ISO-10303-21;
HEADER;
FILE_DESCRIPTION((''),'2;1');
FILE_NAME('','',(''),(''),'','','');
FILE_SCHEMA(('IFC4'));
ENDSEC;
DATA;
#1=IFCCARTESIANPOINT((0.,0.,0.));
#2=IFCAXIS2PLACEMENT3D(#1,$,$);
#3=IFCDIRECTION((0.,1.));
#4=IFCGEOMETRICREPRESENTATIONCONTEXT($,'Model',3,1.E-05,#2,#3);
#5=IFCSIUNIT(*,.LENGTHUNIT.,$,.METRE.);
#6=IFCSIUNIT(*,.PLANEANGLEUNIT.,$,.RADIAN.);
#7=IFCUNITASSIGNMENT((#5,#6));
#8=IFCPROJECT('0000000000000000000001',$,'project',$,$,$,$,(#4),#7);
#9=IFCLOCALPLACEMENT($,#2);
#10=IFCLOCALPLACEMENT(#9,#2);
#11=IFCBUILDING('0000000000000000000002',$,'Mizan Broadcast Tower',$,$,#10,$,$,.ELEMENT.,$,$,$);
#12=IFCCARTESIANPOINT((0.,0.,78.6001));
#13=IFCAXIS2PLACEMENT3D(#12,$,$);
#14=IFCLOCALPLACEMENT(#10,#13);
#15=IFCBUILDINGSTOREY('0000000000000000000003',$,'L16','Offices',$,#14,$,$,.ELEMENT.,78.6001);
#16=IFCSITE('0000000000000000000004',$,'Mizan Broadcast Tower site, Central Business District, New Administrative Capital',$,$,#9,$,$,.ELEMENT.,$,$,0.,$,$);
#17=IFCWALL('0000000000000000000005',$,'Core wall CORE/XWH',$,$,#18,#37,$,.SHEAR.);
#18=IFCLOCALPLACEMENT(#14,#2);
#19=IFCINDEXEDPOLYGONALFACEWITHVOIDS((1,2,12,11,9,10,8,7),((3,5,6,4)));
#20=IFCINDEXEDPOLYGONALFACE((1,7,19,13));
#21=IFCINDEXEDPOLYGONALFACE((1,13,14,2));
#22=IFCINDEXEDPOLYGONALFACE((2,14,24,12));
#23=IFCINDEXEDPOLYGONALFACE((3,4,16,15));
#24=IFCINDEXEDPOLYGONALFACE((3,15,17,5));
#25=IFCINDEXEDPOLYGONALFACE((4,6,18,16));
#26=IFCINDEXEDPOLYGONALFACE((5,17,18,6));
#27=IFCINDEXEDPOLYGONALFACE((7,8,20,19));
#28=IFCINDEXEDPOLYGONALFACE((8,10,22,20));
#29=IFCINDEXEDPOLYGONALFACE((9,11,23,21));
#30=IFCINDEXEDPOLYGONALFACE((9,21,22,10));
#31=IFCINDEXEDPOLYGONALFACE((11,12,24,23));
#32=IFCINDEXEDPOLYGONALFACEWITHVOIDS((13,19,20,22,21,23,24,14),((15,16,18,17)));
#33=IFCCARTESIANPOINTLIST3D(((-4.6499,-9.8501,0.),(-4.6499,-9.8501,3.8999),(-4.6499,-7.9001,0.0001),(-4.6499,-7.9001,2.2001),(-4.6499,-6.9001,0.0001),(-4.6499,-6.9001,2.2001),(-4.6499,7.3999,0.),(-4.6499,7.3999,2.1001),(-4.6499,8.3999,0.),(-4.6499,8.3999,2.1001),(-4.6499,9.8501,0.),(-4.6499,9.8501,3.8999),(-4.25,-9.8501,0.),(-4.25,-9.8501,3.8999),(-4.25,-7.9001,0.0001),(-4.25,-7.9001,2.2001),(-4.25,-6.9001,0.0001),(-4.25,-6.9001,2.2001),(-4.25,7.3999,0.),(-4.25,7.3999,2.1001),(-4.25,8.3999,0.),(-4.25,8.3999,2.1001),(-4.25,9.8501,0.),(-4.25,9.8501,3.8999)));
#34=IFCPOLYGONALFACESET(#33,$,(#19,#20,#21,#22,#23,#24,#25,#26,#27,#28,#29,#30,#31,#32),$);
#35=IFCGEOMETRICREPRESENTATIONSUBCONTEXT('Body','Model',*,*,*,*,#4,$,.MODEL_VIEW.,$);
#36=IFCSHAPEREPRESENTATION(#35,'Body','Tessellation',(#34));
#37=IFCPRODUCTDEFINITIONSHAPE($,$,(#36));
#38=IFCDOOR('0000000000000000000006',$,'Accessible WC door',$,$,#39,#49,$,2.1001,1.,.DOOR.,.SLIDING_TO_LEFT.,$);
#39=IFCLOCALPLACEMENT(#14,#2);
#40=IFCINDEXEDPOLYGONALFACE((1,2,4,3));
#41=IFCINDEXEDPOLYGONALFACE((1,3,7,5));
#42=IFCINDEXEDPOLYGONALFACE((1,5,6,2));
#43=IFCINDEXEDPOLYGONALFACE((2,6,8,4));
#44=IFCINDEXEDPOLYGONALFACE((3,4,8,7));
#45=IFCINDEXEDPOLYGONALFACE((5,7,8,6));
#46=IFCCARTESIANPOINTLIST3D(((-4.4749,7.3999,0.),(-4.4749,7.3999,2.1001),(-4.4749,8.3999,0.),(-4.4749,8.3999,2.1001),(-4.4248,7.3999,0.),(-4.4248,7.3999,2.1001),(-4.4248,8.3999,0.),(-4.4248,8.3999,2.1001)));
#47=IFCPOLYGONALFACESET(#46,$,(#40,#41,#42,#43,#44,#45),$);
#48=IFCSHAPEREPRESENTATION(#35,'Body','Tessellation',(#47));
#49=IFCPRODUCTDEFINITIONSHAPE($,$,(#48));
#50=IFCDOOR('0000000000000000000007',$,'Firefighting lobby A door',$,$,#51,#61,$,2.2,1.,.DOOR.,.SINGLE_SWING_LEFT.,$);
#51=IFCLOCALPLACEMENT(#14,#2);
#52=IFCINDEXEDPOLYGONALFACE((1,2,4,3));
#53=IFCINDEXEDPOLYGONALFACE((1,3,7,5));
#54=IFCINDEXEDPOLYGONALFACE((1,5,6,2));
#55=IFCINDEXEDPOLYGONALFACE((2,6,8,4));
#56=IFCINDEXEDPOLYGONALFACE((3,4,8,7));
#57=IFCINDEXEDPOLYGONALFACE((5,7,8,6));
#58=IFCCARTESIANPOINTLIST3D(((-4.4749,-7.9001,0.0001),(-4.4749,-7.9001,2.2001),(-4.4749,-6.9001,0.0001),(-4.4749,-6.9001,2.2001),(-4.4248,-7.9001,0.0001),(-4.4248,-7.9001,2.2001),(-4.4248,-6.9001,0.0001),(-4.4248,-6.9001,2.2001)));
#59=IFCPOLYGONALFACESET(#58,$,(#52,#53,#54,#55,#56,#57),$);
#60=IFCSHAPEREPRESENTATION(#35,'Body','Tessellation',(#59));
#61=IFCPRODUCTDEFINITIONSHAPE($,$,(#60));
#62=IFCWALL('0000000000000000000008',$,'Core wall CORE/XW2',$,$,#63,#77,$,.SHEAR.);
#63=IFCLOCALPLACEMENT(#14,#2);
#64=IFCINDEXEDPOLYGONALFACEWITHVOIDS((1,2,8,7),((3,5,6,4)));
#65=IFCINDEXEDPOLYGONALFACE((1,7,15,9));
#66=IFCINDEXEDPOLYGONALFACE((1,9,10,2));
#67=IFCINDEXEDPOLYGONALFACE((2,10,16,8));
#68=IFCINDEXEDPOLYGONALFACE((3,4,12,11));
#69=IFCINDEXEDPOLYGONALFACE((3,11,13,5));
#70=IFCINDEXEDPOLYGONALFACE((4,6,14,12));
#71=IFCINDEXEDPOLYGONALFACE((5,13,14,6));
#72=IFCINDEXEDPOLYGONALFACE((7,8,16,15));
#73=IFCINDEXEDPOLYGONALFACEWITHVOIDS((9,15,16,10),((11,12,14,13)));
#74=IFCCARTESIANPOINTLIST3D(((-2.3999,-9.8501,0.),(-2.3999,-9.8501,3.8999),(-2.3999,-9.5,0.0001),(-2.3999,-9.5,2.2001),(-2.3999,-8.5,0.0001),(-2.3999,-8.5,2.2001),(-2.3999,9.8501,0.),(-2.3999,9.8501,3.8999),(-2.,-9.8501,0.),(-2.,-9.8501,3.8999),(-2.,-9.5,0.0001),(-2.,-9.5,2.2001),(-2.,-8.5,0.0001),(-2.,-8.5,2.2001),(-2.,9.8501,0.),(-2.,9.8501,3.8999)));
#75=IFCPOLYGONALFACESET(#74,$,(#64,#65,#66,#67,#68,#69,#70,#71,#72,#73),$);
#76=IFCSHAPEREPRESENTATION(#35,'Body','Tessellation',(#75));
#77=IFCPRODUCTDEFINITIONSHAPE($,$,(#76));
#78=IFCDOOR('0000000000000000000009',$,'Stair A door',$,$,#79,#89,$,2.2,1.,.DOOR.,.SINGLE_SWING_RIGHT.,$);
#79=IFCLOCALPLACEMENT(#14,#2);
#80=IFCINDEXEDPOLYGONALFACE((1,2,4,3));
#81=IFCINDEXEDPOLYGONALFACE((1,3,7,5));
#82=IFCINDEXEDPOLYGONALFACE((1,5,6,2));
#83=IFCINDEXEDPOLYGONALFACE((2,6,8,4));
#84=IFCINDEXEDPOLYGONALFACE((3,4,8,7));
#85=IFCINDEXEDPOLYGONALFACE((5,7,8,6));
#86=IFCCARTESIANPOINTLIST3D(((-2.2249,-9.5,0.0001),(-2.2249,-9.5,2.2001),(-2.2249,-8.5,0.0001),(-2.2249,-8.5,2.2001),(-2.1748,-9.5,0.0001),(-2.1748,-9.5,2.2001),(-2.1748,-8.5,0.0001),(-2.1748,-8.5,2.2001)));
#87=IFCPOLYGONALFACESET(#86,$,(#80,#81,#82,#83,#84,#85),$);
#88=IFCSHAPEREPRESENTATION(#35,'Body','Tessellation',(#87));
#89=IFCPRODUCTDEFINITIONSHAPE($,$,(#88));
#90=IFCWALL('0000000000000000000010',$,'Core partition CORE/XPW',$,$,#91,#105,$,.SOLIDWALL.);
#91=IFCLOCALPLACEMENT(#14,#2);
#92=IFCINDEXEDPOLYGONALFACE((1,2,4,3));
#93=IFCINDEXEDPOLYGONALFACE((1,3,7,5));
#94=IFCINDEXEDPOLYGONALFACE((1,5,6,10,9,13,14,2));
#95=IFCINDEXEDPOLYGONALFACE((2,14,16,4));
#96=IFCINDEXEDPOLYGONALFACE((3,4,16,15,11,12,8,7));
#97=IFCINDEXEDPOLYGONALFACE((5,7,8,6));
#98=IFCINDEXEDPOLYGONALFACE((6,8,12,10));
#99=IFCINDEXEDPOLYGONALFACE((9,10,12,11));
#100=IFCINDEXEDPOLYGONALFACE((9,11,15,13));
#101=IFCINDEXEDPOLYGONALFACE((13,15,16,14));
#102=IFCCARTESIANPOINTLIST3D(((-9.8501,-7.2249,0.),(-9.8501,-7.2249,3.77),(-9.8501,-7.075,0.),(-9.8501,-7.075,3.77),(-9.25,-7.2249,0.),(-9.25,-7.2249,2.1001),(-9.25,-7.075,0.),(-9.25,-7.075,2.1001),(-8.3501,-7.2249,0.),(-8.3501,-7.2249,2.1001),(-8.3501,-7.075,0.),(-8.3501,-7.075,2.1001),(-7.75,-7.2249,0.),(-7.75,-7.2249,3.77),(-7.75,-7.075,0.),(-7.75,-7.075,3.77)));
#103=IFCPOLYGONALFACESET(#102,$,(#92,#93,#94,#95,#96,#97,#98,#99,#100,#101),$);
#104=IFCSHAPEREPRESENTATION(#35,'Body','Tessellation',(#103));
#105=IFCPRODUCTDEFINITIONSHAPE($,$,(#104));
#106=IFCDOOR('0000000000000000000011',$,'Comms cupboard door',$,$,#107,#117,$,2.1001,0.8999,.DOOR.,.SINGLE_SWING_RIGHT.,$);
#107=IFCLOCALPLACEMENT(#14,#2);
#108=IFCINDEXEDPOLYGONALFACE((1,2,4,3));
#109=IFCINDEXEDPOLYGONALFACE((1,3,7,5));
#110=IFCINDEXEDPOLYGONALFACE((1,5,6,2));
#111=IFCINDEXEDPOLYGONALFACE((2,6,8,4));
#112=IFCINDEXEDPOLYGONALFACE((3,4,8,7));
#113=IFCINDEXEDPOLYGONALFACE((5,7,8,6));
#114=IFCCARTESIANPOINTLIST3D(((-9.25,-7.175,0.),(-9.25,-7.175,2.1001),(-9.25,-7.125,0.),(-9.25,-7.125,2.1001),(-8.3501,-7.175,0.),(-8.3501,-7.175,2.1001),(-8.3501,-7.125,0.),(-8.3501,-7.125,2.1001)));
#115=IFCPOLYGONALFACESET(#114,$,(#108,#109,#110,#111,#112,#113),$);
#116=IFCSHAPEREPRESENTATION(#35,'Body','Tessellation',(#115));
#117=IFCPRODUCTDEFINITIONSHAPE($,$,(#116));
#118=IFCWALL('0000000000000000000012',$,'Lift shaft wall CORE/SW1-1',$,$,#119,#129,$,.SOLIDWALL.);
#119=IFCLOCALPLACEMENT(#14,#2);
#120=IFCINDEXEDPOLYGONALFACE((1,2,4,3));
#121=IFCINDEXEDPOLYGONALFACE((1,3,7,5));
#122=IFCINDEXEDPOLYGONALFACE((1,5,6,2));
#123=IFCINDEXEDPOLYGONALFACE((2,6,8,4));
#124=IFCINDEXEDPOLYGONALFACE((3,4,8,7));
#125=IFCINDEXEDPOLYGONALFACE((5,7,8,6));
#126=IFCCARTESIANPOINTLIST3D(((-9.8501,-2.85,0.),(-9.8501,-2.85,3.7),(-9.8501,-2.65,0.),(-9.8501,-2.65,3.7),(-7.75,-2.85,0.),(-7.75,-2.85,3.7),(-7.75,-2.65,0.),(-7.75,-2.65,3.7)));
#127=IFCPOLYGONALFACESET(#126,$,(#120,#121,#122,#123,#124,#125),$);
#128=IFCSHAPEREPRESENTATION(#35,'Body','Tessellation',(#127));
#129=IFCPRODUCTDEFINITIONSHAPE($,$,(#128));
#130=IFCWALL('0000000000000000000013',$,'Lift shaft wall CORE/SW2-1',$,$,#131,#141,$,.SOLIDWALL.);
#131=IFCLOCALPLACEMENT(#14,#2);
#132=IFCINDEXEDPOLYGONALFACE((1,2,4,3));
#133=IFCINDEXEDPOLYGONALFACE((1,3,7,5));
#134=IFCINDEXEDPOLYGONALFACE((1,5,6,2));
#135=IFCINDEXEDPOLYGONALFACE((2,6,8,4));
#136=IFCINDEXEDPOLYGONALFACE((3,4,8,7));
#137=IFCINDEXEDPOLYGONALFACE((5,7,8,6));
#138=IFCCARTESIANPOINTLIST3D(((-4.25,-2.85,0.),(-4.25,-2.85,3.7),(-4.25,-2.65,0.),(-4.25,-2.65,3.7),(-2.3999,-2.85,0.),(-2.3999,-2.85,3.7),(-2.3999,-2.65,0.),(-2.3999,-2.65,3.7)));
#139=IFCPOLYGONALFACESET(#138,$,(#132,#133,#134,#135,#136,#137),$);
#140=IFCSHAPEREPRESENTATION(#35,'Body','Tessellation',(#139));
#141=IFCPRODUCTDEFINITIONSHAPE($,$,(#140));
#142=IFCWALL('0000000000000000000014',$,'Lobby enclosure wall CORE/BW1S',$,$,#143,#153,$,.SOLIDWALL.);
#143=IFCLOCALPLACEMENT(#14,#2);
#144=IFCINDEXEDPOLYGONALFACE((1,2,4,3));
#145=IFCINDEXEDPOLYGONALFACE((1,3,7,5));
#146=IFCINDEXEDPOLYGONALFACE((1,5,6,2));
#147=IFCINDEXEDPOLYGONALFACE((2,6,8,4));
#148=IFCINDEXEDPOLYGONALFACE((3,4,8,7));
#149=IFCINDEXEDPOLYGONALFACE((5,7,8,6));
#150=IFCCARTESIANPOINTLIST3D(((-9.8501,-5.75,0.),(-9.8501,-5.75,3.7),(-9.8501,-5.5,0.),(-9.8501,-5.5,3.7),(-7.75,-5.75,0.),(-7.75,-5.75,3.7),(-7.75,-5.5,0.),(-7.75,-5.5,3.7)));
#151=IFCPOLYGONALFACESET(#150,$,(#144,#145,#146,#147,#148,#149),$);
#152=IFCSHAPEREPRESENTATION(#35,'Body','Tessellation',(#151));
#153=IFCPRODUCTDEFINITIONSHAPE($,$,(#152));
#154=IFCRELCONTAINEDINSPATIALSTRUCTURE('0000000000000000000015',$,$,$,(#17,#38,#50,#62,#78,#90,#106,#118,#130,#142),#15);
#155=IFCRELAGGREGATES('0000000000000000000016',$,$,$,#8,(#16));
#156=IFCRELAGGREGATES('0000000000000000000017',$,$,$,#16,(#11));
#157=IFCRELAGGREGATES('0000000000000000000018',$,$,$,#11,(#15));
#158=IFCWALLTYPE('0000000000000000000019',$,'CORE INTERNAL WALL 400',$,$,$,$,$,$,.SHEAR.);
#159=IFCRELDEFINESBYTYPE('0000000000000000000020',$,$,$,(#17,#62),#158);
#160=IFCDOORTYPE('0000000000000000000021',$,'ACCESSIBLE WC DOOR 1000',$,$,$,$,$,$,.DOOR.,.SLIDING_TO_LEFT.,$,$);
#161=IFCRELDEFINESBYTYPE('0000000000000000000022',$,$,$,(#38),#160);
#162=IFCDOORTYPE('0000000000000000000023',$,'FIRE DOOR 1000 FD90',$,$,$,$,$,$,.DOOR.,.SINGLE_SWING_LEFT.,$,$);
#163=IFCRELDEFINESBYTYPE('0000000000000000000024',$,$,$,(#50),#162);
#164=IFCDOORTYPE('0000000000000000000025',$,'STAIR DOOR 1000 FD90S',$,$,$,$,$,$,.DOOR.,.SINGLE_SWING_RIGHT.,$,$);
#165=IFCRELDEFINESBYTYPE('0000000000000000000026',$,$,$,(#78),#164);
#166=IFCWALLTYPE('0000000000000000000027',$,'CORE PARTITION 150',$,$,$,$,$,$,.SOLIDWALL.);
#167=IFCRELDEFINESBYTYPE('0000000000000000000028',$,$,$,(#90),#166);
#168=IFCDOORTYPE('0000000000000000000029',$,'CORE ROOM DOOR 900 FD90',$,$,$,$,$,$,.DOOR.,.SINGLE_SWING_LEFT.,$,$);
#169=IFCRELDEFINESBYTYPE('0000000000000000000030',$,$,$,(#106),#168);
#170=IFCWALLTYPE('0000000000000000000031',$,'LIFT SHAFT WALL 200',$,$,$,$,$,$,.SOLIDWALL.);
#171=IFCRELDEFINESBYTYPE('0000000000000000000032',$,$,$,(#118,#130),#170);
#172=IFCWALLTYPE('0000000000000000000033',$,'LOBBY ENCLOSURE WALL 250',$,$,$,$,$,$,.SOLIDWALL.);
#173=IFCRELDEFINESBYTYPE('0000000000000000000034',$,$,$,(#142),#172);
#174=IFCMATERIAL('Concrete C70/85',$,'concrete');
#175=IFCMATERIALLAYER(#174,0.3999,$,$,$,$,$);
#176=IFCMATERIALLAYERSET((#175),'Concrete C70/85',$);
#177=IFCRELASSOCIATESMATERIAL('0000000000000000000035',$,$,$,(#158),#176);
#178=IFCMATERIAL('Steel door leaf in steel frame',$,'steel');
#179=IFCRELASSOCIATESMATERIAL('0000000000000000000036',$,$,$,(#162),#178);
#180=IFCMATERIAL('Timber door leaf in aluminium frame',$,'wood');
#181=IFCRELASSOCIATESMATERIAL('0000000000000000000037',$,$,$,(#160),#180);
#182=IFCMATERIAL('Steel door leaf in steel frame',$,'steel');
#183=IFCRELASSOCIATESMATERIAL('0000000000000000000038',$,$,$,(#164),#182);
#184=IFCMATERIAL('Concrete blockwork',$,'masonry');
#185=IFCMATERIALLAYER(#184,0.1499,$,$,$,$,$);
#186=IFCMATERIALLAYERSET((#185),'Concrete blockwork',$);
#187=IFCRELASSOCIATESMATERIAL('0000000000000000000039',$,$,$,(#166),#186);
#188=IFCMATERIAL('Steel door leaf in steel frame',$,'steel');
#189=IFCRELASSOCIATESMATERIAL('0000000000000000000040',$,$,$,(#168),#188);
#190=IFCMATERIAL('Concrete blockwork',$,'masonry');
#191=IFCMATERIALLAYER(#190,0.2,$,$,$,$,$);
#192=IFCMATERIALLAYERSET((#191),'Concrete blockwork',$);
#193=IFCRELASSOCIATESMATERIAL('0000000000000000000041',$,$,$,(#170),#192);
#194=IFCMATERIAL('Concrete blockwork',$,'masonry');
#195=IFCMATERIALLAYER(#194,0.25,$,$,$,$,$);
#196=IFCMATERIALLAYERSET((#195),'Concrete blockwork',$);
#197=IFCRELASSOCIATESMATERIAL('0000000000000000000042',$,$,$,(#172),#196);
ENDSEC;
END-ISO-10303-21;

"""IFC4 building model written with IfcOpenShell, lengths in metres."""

from ifc_helpers import new_model, si_unit, direction, frame, frame_2d, origin, place, context, subcontext, project, spatial, rectangle, extrude, material, layer, layer_set, type_object, element, fill, save


model = new_model("IFC4")

# Units and contexts
model_context = context("Model", 3, precision=1e-05, world=origin(), true_north=direction((0.0, 1.0)))
body_context = subcontext(model_context, "Body", "Model", "MODEL_VIEW")
ifc_project = project(units=[si_unit("LENGTHUNIT", "METRE"), si_unit("PLANEANGLEUNIT", "RADIAN")], contexts=[model_context])

# Site, building, storey
site_placement = place(None, origin())
site = spatial("IfcSite", under=ifc_project, at=site_placement, Name="Mizan Broadcast Tower site, Central Business District, New Administrative Capital", CompositionType="ELEMENT", RefElevation=0.0)
building_placement = place(site_placement, origin())
building = spatial("IfcBuilding", under=site, at=building_placement, Name="Mizan Broadcast Tower", CompositionType="ELEMENT")
storey_placement = place(building_placement, frame((0.0, 0.0, 78.6001)))
storey = spatial("IfcBuildingStorey", under=building, at=storey_placement, Name="L16", Description="Offices", CompositionType="ELEMENT", Elevation=78.6001)

# Wall, openings, doors
ifc_material_1 = material(Name="Concrete C70/85", Category="concrete")
ifc_layer_1 = layer(ifc_material_1, 0.3999)
ifc_layer_set_1 = layer_set([ifc_layer_1], Name="Concrete C70/85")
wall_type_1 = type_object("IfcWallType", Name="CORE INTERNAL WALL 400", PredefinedType="SHEAR", material=ifc_layer_set_1)
ifc_material_2 = material(Name="Steel door leaf in steel frame", Category="steel")
door_type_1 = type_object("IfcDoorType", Name="FIRE DOOR 1000 FD90", OperationType="SINGLE_SWING_LEFT", PredefinedType="DOOR", material=ifc_material_2)
wall_1_placement = place(storey_placement, frame((-4.45, -9.8501, 0.0), z_axis=(0.0, 0.0, 1.0), x_axis=(0.0, 1.0, 0.0)))
wall_1 = element("IfcWall", 1, at=wall_1_placement, inside=storey, type_object=wall_type_1, Name="Core wall CORE/XWH", PredefinedType="SHEAR", context=body_context, shape_type="SweptSolid", body=[
    extrude(rectangle(XDim=19.7002, YDim=0.3999, at=frame_2d((9.8501, 0.0))), origin(), (0.0, 0.0, 1.0), 3.8999),
])
opening_1_placement = place(wall_1_placement, frame((1.95, 0.0, 0.0)))
opening_1 = element("IfcOpeningElement", 2, at=opening_1_placement, cuts=wall_1, PredefinedType="OPENING", context=body_context, shape_type="SweptSolid", body=[
    extrude(rectangle(XDim=1.0, YDim=2.2, at=frame_2d((0.5, 1.1001))), frame((0.0, 0.21, 0.0), z_axis=(0.0, -1.0, 0.0), x_axis=(1.0, 0.0, 0.0)), (0.0, 0.0, 1.0), 0.4199),
])
opening_2_placement = place(wall_1_placement, frame((17.25, 0.0, 0.0)))
opening_2 = element("IfcOpeningElement", 3, at=opening_2_placement, cuts=wall_1, PredefinedType="OPENING", context=body_context, shape_type="SweptSolid", body=[
    extrude(rectangle(XDim=1.0, YDim=2.1001, at=frame_2d((0.5, 1.05))), frame((0.0, 0.21, 0.0), z_axis=(0.0, -1.0, 0.0), x_axis=(1.0, 0.0, 0.0)), (0.0, 0.0, 1.0), 0.4199),
])
ifc_material_3 = material(Name="Timber door leaf in aluminium frame", Category="wood")
door_type_2 = type_object("IfcDoorType", Name="ACCESSIBLE WC DOOR 1000", OperationType="SLIDING_TO_LEFT", PredefinedType="DOOR", material=ifc_material_3)
door_1_placement = place(opening_2_placement, origin())
door_1 = element("IfcDoor", 4, at=door_1_placement, inside=storey, type_object=door_type_2, Name="Accessible WC door", OperationType="SLIDING_TO_LEFT", OverallHeight=2.1001, OverallWidth=1.0, PredefinedType="DOOR", context=body_context, shape_type="SweptSolid", body=[
    extrude(rectangle(XDim=1.0, YDim=2.1001, at=frame_2d((0.5, 1.05))), frame((0.0, 0.0249, 0.0), z_axis=(0.0, -1.0, 0.0), x_axis=(1.0, 0.0, 0.0)), (0.0, 0.0, 1.0), 0.05),
])
fill(opening_2, door_1)
door_2_placement = place(opening_1_placement, origin())
door_2 = element("IfcDoor", 5, at=door_2_placement, inside=storey, type_object=door_type_1, Name="Firefighting lobby A door", OperationType="SINGLE_SWING_LEFT", OverallHeight=2.2, OverallWidth=1.0, PredefinedType="DOOR", context=body_context, shape_type="SweptSolid", body=[
    extrude(rectangle(XDim=1.0, YDim=2.2, at=frame_2d((0.5, 1.1001))), frame((0.0, 0.0249, 0.0), z_axis=(0.0, -1.0, 0.0), x_axis=(1.0, 0.0, 0.0)), (0.0, 0.0, 1.0), 0.05),
])
fill(opening_1, door_2)

# Walls, openings, doors
wall_2_placement = place(storey_placement, frame((-2.2, -9.8501, 0.0), z_axis=(0.0, 0.0, 1.0), x_axis=(0.0, 1.0, 0.0)))
wall_2 = element("IfcWall", 6, at=wall_2_placement, inside=storey, type_object=wall_type_1, Name="Core wall CORE/XW2", PredefinedType="SHEAR", context=body_context, shape_type="SweptSolid", body=[
    extrude(rectangle(XDim=19.7002, YDim=0.3999, at=frame_2d((9.8501, 0.0))), origin(), (0.0, 0.0, 1.0), 3.8999),
])
opening_3_placement = place(wall_2_placement, frame((0.3501, 0.0, 0.0)))
opening_3 = element("IfcOpeningElement", 7, at=opening_3_placement, cuts=wall_2, PredefinedType="OPENING", context=body_context, shape_type="SweptSolid", body=[
    extrude(rectangle(XDim=1.0, YDim=2.2, at=frame_2d((0.5, 1.1001))), frame((0.0, 0.21, 0.0), z_axis=(0.0, -1.0, 0.0), x_axis=(1.0, 0.0, 0.0)), (0.0, 0.0, 1.0), 0.4199),
])
ifc_material_4 = material(Name="Steel door leaf in steel frame", Category="steel")
door_type_3 = type_object("IfcDoorType", Name="STAIR DOOR 1000 FD90S", OperationType="SINGLE_SWING_RIGHT", PredefinedType="DOOR", material=ifc_material_4)
door_3_placement = place(opening_3_placement, origin())
door_3 = element("IfcDoor", 8, at=door_3_placement, inside=storey, type_object=door_type_3, Name="Stair A door", OperationType="SINGLE_SWING_RIGHT", OverallHeight=2.2, OverallWidth=1.0, PredefinedType="DOOR", context=body_context, shape_type="SweptSolid", body=[
    extrude(rectangle(XDim=1.0, YDim=2.2, at=frame_2d((0.5, 1.1001))), frame((0.0, 0.0249, 0.0), z_axis=(0.0, -1.0, 0.0), x_axis=(1.0, 0.0, 0.0)), (0.0, 0.0, 1.0), 0.05),
])
fill(opening_3, door_3)
ifc_material_5 = material(Name="Concrete blockwork", Category="masonry")
ifc_layer_2 = layer(ifc_material_5, 0.1499)
ifc_layer_set_2 = layer_set([ifc_layer_2], Name="Concrete blockwork")
wall_type_2 = type_object("IfcWallType", Name="CORE PARTITION 150", PredefinedType="SOLIDWALL", material=ifc_layer_set_2)
wall_3_placement = place(storey_placement, frame((-9.8501, -7.1499, 0.0), z_axis=(0.0, 0.0, 1.0), x_axis=(1.0, 0.0, 0.0)))
wall_3 = element("IfcWall", 9, at=wall_3_placement, inside=storey, type_object=wall_type_2, Name="Core partition CORE/XPW", PredefinedType="SOLIDWALL", context=body_context, shape_type="SweptSolid", body=[
    extrude(rectangle(XDim=2.1001, YDim=0.1499, at=frame_2d((1.05, 0.0))), origin(), (0.0, 0.0, 1.0), 3.77),
])
opening_4_placement = place(wall_3_placement, frame((0.6001, 0.0, 0.0)))
opening_4 = element("IfcOpeningElement", 10, at=opening_4_placement, cuts=wall_3, PredefinedType="OPENING", context=body_context, shape_type="SweptSolid", body=[
    extrude(rectangle(XDim=0.8999, YDim=2.1001, at=frame_2d((0.45, 1.05))), frame((0.0, 0.085, 0.0), z_axis=(0.0, -1.0, 0.0), x_axis=(1.0, 0.0, 0.0)), (0.0, 0.0, 1.0), 0.1699),
])
ifc_material_6 = material(Name="Steel door leaf in steel frame", Category="steel")
door_type_4 = type_object("IfcDoorType", Name="CORE ROOM DOOR 900 FD90", OperationType="SINGLE_SWING_LEFT", PredefinedType="DOOR", material=ifc_material_6)
door_4_placement = place(opening_4_placement, origin())
door_4 = element("IfcDoor", 11, at=door_4_placement, inside=storey, type_object=door_type_4, Name="Comms cupboard door", OperationType="SINGLE_SWING_RIGHT", OverallHeight=2.1001, OverallWidth=0.8999, PredefinedType="DOOR", context=body_context, shape_type="SweptSolid", body=[
    extrude(rectangle(XDim=0.8999, YDim=2.1001, at=frame_2d((0.45, 1.05))), frame((0.0, 0.0249, 0.0), z_axis=(0.0, -1.0, 0.0), x_axis=(1.0, 0.0, 0.0)), (0.0, 0.0, 1.0), 0.05),
])
fill(opening_4, door_4)

# Walls
ifc_material_7 = material(Name="Concrete blockwork", Category="masonry")
ifc_layer_3 = layer(ifc_material_7, 0.2)
ifc_layer_set_3 = layer_set([ifc_layer_3], Name="Concrete blockwork")
wall_type_3 = type_object("IfcWallType", Name="LIFT SHAFT WALL 200", PredefinedType="SOLIDWALL", material=ifc_layer_set_3)
wall_4_placement = place(storey_placement, frame((-9.8501, -2.75, 0.0), z_axis=(0.0, 0.0, 1.0), x_axis=(1.0, 0.0, 0.0)))
element("IfcWall", 12, at=wall_4_placement, inside=storey, type_object=wall_type_3, Name="Lift shaft wall CORE/SW1-1", PredefinedType="SOLIDWALL", context=body_context, shape_type="SweptSolid", body=[
    extrude(rectangle(XDim=2.1001, YDim=0.2, at=frame_2d((1.05, 0.0))), origin(), (0.0, 0.0, 1.0), 3.7),
])
wall_5_placement = place(storey_placement, frame((-4.25, -2.75, 0.0), z_axis=(0.0, 0.0, 1.0), x_axis=(1.0, 0.0, 0.0)))
element("IfcWall", 13, at=wall_5_placement, inside=storey, type_object=wall_type_3, Name="Lift shaft wall CORE/SW2-1", PredefinedType="SOLIDWALL", context=body_context, shape_type="SweptSolid", body=[
    extrude(rectangle(XDim=1.8501, YDim=0.2, at=frame_2d((0.925, 0.0))), origin(), (0.0, 0.0, 1.0), 3.7),
])
ifc_material_8 = material(Name="Concrete blockwork", Category="masonry")
ifc_layer_4 = layer(ifc_material_8, 0.25)
ifc_layer_set_4 = layer_set([ifc_layer_4], Name="Concrete blockwork")
wall_type_4 = type_object("IfcWallType", Name="LOBBY ENCLOSURE WALL 250", PredefinedType="SOLIDWALL", material=ifc_layer_set_4)
wall_6_placement = place(storey_placement, frame((-9.8501, -5.625, 0.0), z_axis=(0.0, 0.0, 1.0), x_axis=(1.0, 0.0, 0.0)))
element("IfcWall", 14, at=wall_6_placement, inside=storey, type_object=wall_type_4, Name="Lobby enclosure wall CORE/BW1S", PredefinedType="SOLIDWALL", context=body_context, shape_type="SweptSolid", body=[
    extrude(rectangle(XDim=2.1001, YDim=0.25, at=frame_2d((1.05, 0.0))), origin(), (0.0, 0.0, 1.0), 3.7),
])

save(model, "model.ifc")
